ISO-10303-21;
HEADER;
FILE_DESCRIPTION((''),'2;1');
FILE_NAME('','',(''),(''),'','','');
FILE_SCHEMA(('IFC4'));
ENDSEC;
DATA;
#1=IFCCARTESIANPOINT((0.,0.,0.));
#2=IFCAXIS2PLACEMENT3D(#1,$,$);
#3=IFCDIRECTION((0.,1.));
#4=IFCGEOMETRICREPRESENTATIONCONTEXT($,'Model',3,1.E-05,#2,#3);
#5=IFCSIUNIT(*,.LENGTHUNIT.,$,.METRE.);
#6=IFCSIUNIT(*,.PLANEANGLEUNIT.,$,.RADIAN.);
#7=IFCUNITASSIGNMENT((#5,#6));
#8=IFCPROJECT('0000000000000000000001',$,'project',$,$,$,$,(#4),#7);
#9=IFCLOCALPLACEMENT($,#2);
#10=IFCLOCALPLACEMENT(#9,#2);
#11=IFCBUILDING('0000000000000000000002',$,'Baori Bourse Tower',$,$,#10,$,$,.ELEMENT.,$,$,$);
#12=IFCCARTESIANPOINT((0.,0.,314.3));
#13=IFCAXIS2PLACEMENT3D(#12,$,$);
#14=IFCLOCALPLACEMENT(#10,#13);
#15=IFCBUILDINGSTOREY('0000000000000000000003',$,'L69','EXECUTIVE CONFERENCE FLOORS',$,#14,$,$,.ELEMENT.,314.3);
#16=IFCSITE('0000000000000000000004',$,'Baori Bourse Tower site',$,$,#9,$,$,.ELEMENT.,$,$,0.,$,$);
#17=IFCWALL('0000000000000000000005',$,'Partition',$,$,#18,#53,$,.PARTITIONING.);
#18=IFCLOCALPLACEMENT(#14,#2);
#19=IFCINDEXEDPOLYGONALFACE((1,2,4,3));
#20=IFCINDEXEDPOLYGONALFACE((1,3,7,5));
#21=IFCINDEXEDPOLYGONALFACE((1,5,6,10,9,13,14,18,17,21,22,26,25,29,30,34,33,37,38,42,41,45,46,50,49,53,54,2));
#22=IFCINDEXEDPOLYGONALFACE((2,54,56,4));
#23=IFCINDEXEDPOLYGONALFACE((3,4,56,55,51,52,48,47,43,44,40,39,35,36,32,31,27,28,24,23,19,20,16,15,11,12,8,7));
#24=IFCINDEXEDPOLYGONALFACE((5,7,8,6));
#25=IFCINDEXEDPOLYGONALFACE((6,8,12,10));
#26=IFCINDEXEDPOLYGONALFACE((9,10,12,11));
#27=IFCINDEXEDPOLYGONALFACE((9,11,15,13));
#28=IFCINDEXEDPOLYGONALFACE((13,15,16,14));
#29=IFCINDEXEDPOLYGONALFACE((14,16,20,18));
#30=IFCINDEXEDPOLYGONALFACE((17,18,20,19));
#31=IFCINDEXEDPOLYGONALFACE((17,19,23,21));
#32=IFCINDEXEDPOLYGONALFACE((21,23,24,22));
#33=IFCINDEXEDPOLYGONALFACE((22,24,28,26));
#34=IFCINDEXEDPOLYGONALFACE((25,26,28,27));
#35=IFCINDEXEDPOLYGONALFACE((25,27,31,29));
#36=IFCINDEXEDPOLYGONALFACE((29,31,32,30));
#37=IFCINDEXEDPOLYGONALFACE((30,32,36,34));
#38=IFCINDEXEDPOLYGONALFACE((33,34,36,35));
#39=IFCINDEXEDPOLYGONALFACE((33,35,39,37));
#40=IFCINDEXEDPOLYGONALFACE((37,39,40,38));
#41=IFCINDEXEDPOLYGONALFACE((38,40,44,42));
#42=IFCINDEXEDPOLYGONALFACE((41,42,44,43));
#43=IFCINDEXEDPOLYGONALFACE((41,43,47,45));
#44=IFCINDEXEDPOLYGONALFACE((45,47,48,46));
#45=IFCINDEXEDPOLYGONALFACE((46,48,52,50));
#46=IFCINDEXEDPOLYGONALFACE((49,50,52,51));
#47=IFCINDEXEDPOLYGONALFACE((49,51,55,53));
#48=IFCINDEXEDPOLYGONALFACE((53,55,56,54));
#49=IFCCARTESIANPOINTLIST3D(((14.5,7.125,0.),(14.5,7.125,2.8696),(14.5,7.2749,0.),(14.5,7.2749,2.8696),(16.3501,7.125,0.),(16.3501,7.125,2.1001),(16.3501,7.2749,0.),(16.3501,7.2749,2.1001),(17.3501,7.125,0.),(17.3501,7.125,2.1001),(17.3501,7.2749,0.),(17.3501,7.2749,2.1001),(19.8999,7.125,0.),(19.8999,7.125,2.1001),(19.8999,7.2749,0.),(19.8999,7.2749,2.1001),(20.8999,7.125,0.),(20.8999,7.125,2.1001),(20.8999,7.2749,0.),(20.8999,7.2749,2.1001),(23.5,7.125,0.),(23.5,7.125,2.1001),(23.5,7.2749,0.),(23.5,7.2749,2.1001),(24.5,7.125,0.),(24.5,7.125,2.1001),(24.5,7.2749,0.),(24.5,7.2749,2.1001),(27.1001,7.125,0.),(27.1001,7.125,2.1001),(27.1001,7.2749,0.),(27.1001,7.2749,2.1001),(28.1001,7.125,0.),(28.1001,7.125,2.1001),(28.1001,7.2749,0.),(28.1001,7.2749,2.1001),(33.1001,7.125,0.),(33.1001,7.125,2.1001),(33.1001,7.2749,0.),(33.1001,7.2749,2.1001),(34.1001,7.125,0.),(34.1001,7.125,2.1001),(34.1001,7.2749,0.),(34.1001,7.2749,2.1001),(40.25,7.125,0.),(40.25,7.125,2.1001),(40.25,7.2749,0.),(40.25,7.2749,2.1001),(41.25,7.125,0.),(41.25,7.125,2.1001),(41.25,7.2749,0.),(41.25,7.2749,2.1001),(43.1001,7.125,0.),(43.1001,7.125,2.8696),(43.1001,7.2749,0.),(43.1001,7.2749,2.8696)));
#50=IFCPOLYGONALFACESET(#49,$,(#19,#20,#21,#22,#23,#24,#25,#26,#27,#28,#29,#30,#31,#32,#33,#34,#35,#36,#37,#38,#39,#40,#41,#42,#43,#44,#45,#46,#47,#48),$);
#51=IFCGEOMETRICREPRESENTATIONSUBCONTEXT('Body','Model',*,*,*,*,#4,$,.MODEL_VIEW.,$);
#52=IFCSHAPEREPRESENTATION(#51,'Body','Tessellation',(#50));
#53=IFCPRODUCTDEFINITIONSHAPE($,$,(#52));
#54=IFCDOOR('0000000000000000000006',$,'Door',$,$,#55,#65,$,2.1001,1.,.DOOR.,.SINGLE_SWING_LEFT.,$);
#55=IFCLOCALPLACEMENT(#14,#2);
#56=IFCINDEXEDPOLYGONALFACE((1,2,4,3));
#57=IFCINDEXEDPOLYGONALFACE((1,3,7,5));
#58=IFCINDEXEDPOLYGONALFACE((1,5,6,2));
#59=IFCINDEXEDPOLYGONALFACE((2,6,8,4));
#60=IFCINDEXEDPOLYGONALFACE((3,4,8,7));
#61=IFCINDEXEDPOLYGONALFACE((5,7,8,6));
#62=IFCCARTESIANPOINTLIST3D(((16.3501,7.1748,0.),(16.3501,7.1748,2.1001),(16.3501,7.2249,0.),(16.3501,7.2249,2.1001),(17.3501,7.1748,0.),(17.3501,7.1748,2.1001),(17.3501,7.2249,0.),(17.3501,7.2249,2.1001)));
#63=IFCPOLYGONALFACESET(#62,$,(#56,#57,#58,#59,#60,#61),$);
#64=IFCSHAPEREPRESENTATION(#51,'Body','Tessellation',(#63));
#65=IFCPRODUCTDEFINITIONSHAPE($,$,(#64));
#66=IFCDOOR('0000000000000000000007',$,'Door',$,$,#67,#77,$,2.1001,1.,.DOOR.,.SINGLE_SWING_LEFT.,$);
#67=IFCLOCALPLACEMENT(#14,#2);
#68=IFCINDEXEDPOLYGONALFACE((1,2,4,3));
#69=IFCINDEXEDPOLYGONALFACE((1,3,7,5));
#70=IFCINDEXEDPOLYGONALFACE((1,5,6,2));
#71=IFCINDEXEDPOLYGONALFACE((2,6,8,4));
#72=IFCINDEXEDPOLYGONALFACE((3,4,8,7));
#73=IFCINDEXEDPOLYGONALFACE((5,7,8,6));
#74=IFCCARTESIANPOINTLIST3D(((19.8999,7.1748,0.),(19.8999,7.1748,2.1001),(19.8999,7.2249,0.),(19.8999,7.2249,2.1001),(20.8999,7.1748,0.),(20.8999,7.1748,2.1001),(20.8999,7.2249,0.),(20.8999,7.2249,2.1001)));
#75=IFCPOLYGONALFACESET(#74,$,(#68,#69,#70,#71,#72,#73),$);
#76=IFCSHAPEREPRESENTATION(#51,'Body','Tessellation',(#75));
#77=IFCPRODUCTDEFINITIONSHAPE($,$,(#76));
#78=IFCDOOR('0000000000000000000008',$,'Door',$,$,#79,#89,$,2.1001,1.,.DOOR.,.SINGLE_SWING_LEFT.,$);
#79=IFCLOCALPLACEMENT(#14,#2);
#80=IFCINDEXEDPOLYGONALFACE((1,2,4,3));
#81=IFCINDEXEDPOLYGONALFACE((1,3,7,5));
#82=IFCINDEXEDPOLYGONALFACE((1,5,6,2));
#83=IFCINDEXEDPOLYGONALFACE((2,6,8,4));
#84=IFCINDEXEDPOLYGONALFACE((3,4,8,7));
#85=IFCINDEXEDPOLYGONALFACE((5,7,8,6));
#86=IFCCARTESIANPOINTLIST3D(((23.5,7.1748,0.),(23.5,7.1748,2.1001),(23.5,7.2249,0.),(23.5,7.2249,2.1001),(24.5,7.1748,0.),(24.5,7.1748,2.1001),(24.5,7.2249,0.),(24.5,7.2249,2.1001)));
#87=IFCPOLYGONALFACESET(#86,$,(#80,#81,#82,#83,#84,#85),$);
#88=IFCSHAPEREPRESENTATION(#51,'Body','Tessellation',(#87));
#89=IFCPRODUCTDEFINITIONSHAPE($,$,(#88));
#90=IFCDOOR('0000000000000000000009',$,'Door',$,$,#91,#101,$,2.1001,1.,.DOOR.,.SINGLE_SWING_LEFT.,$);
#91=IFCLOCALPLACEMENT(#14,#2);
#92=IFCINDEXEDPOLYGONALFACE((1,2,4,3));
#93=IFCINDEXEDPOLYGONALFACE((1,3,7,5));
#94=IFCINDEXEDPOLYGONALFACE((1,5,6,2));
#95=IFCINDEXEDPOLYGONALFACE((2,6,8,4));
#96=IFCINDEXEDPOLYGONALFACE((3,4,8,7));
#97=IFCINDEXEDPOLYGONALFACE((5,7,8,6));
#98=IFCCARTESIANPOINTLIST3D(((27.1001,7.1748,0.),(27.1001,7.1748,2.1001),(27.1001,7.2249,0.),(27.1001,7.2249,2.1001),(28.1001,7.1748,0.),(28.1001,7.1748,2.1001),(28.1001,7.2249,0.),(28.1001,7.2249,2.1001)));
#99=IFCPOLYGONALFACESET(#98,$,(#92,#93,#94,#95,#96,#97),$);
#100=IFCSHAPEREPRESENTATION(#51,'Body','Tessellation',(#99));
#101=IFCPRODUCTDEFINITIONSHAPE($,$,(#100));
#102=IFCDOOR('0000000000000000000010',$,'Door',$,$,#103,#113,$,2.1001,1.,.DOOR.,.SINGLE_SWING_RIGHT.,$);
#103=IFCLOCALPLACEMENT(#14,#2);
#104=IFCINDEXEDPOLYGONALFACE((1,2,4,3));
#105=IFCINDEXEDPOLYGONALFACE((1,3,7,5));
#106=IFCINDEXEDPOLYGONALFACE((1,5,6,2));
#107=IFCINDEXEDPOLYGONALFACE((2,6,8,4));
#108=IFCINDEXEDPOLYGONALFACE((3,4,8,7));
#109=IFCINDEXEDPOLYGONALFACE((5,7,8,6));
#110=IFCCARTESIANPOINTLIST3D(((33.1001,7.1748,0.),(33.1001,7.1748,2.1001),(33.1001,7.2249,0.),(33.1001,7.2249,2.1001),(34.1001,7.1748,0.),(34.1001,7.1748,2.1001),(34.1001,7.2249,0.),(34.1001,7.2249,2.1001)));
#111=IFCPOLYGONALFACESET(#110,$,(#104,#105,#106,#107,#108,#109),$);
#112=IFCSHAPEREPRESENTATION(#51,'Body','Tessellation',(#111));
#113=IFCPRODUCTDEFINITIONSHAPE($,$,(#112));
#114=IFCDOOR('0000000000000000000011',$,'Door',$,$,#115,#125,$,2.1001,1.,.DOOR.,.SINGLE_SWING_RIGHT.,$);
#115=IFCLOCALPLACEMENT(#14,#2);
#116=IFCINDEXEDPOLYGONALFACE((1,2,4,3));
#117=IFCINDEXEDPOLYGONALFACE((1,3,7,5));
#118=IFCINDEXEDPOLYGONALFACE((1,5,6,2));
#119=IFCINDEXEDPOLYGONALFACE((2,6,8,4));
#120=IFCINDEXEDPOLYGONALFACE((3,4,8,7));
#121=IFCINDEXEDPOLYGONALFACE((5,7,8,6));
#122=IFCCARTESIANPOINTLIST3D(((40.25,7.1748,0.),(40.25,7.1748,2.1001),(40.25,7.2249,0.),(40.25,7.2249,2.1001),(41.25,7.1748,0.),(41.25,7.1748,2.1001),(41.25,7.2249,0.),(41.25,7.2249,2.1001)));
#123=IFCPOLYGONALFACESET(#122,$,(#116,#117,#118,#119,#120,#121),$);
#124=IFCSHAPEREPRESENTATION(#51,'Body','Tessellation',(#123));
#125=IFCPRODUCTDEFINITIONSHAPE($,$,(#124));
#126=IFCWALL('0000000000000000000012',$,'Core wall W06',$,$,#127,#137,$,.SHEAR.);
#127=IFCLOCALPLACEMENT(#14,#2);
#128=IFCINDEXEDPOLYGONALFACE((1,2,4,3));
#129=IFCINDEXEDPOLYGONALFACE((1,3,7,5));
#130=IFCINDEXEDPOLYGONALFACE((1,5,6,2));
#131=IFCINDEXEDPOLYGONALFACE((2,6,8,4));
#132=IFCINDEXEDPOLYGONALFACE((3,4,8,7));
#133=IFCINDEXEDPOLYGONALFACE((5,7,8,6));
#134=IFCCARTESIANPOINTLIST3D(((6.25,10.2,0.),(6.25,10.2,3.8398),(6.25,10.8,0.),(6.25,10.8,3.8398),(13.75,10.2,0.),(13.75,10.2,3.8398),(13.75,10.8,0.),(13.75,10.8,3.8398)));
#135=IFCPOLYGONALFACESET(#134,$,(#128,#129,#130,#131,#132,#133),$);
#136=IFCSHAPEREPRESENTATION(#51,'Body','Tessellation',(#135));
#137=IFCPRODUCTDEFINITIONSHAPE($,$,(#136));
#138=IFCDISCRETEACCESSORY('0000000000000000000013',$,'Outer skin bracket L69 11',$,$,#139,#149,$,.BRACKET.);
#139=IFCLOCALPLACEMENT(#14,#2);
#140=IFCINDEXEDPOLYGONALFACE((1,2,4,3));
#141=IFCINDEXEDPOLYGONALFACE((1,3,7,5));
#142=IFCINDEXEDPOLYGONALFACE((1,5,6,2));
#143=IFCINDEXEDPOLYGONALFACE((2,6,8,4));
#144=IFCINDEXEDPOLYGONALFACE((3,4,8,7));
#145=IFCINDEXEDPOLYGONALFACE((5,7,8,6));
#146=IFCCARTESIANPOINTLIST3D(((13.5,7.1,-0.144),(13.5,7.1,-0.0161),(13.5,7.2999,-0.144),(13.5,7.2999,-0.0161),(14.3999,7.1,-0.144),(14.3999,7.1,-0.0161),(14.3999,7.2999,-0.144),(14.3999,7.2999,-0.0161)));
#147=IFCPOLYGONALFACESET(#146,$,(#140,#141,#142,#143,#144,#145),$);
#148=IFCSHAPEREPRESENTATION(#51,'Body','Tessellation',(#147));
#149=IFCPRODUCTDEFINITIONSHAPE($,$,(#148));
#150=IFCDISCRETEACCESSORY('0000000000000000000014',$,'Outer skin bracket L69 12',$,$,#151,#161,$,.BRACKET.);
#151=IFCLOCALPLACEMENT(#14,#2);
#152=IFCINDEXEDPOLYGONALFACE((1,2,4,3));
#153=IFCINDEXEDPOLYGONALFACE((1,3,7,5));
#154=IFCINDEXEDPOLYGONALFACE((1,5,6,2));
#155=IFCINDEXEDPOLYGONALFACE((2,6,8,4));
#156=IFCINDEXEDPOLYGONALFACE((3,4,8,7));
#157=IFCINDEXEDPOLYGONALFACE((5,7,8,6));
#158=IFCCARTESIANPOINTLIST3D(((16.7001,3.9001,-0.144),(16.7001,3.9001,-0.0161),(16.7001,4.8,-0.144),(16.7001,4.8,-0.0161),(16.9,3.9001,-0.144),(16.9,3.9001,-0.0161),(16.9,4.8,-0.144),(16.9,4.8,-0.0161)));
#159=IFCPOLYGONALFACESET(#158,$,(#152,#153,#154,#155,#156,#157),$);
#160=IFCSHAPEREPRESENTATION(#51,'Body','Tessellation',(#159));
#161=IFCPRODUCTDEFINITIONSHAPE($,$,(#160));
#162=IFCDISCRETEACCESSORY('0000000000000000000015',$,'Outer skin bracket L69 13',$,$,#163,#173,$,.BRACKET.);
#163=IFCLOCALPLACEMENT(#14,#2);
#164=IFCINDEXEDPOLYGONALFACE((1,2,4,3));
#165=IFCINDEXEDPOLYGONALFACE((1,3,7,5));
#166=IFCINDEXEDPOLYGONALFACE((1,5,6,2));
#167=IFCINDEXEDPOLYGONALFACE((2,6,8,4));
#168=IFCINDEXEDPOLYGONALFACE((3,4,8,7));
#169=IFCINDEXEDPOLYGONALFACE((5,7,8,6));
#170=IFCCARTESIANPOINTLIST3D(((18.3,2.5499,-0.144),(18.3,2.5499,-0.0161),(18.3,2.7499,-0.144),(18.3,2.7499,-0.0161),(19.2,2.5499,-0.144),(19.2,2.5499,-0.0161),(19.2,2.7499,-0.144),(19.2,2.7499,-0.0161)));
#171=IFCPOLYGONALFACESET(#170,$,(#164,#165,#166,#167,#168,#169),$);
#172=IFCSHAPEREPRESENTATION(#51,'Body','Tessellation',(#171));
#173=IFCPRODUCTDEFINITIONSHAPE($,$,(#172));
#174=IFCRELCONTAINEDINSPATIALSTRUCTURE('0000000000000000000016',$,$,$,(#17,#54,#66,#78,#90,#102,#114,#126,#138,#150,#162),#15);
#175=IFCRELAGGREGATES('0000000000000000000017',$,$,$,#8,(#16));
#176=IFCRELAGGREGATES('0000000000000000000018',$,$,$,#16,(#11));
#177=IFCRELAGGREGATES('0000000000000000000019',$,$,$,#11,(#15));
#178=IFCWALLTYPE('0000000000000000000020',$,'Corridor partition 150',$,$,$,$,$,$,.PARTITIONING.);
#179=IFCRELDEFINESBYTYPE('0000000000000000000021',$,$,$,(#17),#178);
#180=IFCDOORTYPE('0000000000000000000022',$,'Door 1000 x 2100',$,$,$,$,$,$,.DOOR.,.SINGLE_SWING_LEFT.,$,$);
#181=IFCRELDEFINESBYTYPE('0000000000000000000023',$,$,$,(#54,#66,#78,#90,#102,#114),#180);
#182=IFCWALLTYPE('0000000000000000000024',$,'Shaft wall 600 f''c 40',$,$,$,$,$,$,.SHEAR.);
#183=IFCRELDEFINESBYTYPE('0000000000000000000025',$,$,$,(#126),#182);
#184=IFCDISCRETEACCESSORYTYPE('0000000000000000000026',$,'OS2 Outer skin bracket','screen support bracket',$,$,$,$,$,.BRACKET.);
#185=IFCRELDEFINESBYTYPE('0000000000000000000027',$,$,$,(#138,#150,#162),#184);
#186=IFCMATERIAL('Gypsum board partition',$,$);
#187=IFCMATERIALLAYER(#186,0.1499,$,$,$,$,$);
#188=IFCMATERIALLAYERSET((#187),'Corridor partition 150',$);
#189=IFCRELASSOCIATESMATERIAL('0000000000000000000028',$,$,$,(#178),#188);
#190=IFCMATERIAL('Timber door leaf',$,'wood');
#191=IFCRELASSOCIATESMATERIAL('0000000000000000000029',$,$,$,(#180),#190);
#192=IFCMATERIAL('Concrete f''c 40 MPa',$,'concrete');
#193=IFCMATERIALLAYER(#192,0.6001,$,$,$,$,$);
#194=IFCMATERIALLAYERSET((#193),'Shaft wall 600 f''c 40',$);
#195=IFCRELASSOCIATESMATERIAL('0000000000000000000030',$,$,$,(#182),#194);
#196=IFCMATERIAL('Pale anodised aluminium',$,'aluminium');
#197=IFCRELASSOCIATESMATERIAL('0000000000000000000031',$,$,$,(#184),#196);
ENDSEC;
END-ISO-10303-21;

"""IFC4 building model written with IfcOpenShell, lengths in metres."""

from ifc_helpers import new_model, si_unit, direction, frame, frame_2d, origin, origin_2d, place, context, subcontext, project, spatial, rectangle, extrude, material, layer, layer_set, type_object, element, fill, save


model = new_model("IFC4")

# Units and contexts
model_context = context("Model", 3, precision=1e-05, world=origin(), true_north=direction((0.0, 1.0)))
body_context = subcontext(model_context, "Body", "Model", "MODEL_VIEW")
ifc_project = project(units=[si_unit("LENGTHUNIT", "METRE"), si_unit("PLANEANGLEUNIT", "RADIAN")], contexts=[model_context])

# Site, building, storey
site_placement = place(None, origin())
site = spatial("IfcSite", under=ifc_project, at=site_placement, Name="Baori Bourse Tower site", CompositionType="ELEMENT", RefElevation=0.0)
building_placement = place(site_placement, origin())
building = spatial("IfcBuilding", under=site, at=building_placement, Name="Baori Bourse Tower", CompositionType="ELEMENT")
storey_placement = place(building_placement, frame((0.0, 0.0, 314.3)))
storey = spatial("IfcBuildingStorey", under=building, at=storey_placement, Name="L69", Description="EXECUTIVE CONFERENCE FLOORS", CompositionType="ELEMENT", Elevation=314.3)

# Wall, openings, doors
ifc_material_1 = material(Name="Gypsum board partition")
ifc_layer_1 = layer(ifc_material_1, 0.1499)
ifc_layer_set_1 = layer_set([ifc_layer_1], Name="Corridor partition 150")
wall_type_1 = type_object("IfcWallType", Name="Corridor partition 150", PredefinedType="PARTITIONING", material=ifc_layer_set_1)
wall_1_placement = place(storey_placement, frame((14.5, 7.2, 0.0), z_axis=(0.0, 0.0, 1.0), x_axis=(1.0, 0.0, 0.0)))
wall_1 = element("IfcWall", 1, at=wall_1_placement, inside=storey, type_object=wall_type_1, Name="Partition", PredefinedType="PARTITIONING", context=body_context, shape_type="SweptSolid", body=[
    extrude(rectangle(XDim=28.6001, YDim=0.1499, at=frame_2d((14.3, 0.0))), origin(), (0.0, 0.0, 1.0), 2.8696),
])
opening_1_placement = place(wall_1_placement, frame((1.8501, 0.0, 0.0)))
opening_1 = element("IfcOpeningElement", 2, at=opening_1_placement, cuts=wall_1, PredefinedType="OPENING", context=body_context, shape_type="SweptSolid", body=[
    extrude(rectangle(XDim=1.0, YDim=2.1001, at=frame_2d((0.5, 1.05))), frame((0.0, 0.085, 0.0), z_axis=(0.0, -1.0, 0.0), x_axis=(1.0, 0.0, 0.0)), (0.0, 0.0, 1.0), 0.1699),
])
opening_2_placement = place(wall_1_placement, frame((5.3999, 0.0, 0.0)))
opening_2 = element("IfcOpeningElement", 3, at=opening_2_placement, cuts=wall_1, PredefinedType="OPENING", context=body_context, shape_type="SweptSolid", body=[
    extrude(rectangle(XDim=1.0, YDim=2.1001, at=frame_2d((0.5, 1.05))), frame((0.0, 0.085, 0.0), z_axis=(0.0, -1.0, 0.0), x_axis=(1.0, 0.0, 0.0)), (0.0, 0.0, 1.0), 0.1699),
])
opening_3_placement = place(wall_1_placement, frame((9.0, 0.0, 0.0)))
opening_3 = element("IfcOpeningElement", 4, at=opening_3_placement, cuts=wall_1, PredefinedType="OPENING", context=body_context, shape_type="SweptSolid", body=[
    extrude(rectangle(XDim=1.0, YDim=2.1001, at=frame_2d((0.5, 1.05))), frame((0.0, 0.085, 0.0), z_axis=(0.0, -1.0, 0.0), x_axis=(1.0, 0.0, 0.0)), (0.0, 0.0, 1.0), 0.1699),
])
opening_4_placement = place(wall_1_placement, frame((12.6001, 0.0, 0.0)))
opening_4 = element("IfcOpeningElement", 5, at=opening_4_placement, cuts=wall_1, PredefinedType="OPENING", context=body_context, shape_type="SweptSolid", body=[
    extrude(rectangle(XDim=1.0, YDim=2.1001, at=frame_2d((0.5, 1.05))), frame((0.0, 0.085, 0.0), z_axis=(0.0, -1.0, 0.0), x_axis=(1.0, 0.0, 0.0)), (0.0, 0.0, 1.0), 0.1699),
])
opening_5_placement = place(wall_1_placement, frame((18.6001, 0.0, 0.0)))
opening_5 = element("IfcOpeningElement", 6, at=opening_5_placement, cuts=wall_1, PredefinedType="OPENING", context=body_context, shape_type="SweptSolid", body=[
    extrude(rectangle(XDim=1.0, YDim=2.1001, at=frame_2d((0.5, 1.05))), frame((0.0, 0.085, 0.0), z_axis=(0.0, -1.0, 0.0), x_axis=(1.0, 0.0, 0.0)), (0.0, 0.0, 1.0), 0.1699),
])
opening_6_placement = place(wall_1_placement, frame((25.75, 0.0, 0.0)))
opening_6 = element("IfcOpeningElement", 7, at=opening_6_placement, cuts=wall_1, PredefinedType="OPENING", context=body_context, shape_type="SweptSolid", body=[
    extrude(rectangle(XDim=1.0, YDim=2.1001, at=frame_2d((0.5, 1.05))), frame((0.0, 0.085, 0.0), z_axis=(0.0, -1.0, 0.0), x_axis=(1.0, 0.0, 0.0)), (0.0, 0.0, 1.0), 0.1699),
])
ifc_material_2 = material(Name="Timber door leaf", Category="wood")
door_type_1 = type_object("IfcDoorType", Name="Door 1000 x 2100", OperationType="SINGLE_SWING_LEFT", PredefinedType="DOOR", material=ifc_material_2)
door_1_placement = place(opening_1_placement, origin())
door_1 = element("IfcDoor", 8, at=door_1_placement, inside=storey, type_object=door_type_1, Name="Door", OperationType="SINGLE_SWING_LEFT", OverallHeight=2.1001, OverallWidth=1.0, PredefinedType="DOOR", context=body_context, shape_type="SweptSolid", body=[
    extrude(rectangle(XDim=1.0, YDim=2.1001, at=frame_2d((0.5, 1.05))), frame((0.0, 0.0249, 0.0), z_axis=(0.0, -1.0, 0.0), x_axis=(1.0, 0.0, 0.0)), (0.0, 0.0, 1.0), 0.05),
])
fill(opening_1, door_1)
door_2_placement = place(opening_2_placement, origin())
door_2 = element("IfcDoor", 9, at=door_2_placement, inside=storey, type_object=door_type_1, Name="Door", OperationType="SINGLE_SWING_LEFT", OverallHeight=2.1001, OverallWidth=1.0, PredefinedType="DOOR", context=body_context, shape_type="SweptSolid", body=[
    extrude(rectangle(XDim=1.0, YDim=2.1001, at=frame_2d((0.5, 1.05))), frame((0.0, 0.0249, 0.0), z_axis=(0.0, -1.0, 0.0), x_axis=(1.0, 0.0, 0.0)), (0.0, 0.0, 1.0), 0.05),
])
fill(opening_2, door_2)
door_3_placement = place(opening_3_placement, origin())
door_3 = element("IfcDoor", 10, at=door_3_placement, inside=storey, type_object=door_type_1, Name="Door", OperationType="SINGLE_SWING_LEFT", OverallHeight=2.1001, OverallWidth=1.0, PredefinedType="DOOR", context=body_context, shape_type="SweptSolid", body=[
    extrude(rectangle(XDim=1.0, YDim=2.1001, at=frame_2d((0.5, 1.05))), frame((0.0, 0.0249, 0.0), z_axis=(0.0, -1.0, 0.0), x_axis=(1.0, 0.0, 0.0)), (0.0, 0.0, 1.0), 0.05),
])
fill(opening_3, door_3)
door_4_placement = place(opening_4_placement, origin())
door_4 = element("IfcDoor", 11, at=door_4_placement, inside=storey, type_object=door_type_1, Name="Door", OperationType="SINGLE_SWING_LEFT", OverallHeight=2.1001, OverallWidth=1.0, PredefinedType="DOOR", context=body_context, shape_type="SweptSolid", body=[
    extrude(rectangle(XDim=1.0, YDim=2.1001, at=frame_2d((0.5, 1.05))), frame((0.0, 0.0249, 0.0), z_axis=(0.0, -1.0, 0.0), x_axis=(1.0, 0.0, 0.0)), (0.0, 0.0, 1.0), 0.05),
])
fill(opening_4, door_4)
door_5_placement = place(opening_5_placement, origin())
door_5 = element("IfcDoor", 12, at=door_5_placement, inside=storey, type_object=door_type_1, Name="Door", OperationType="SINGLE_SWING_RIGHT", OverallHeight=2.1001, OverallWidth=1.0, PredefinedType="DOOR", context=body_context, shape_type="SweptSolid", body=[
    extrude(rectangle(XDim=1.0, YDim=2.1001, at=frame_2d((0.5, 1.05))), frame((0.0, 0.0249, 0.0), z_axis=(0.0, -1.0, 0.0), x_axis=(1.0, 0.0, 0.0)), (0.0, 0.0, 1.0), 0.05),
])
fill(opening_5, door_5)
door_6_placement = place(opening_6_placement, origin())
door_6 = element("IfcDoor", 13, at=door_6_placement, inside=storey, type_object=door_type_1, Name="Door", OperationType="SINGLE_SWING_RIGHT", OverallHeight=2.1001, OverallWidth=1.0, PredefinedType="DOOR", context=body_context, shape_type="SweptSolid", body=[
    extrude(rectangle(XDim=1.0, YDim=2.1001, at=frame_2d((0.5, 1.05))), frame((0.0, 0.0249, 0.0), z_axis=(0.0, -1.0, 0.0), x_axis=(1.0, 0.0, 0.0)), (0.0, 0.0, 1.0), 0.05),
])
fill(opening_6, door_6)

# Wall
ifc_material_3 = material(Name="Concrete f'c 40 MPa", Category="concrete")
ifc_layer_2 = layer(ifc_material_3, 0.6001)
ifc_layer_set_2 = layer_set([ifc_layer_2], Name="Shaft wall 600 f'c 40")
wall_type_2 = type_object("IfcWallType", Name="Shaft wall 600 f'c 40", PredefinedType="SHEAR", material=ifc_layer_set_2)
wall_2_placement = place(storey_placement, frame((6.25, 10.5, 0.0), z_axis=(0.0, 0.0, 1.0), x_axis=(1.0, 0.0, 0.0)))
element("IfcWall", 14, at=wall_2_placement, inside=storey, type_object=wall_type_2, Name="Core wall W06", PredefinedType="SHEAR", context=body_context, shape_type="SweptSolid", body=[
    extrude(rectangle(XDim=7.5, YDim=0.6001, at=frame_2d((3.75, 0.0))), origin(), (0.0, 0.0, 1.0), 3.8398),
])

# Discrete accessories
ifc_material_4 = material(Name="Pale anodised aluminium", Category="aluminium")
discrete_accessory_type = type_object("IfcDiscreteAccessoryType", Name="OS2 Outer skin bracket", Description="screen support bracket", PredefinedType="BRACKET", material=ifc_material_4)
for number, where, z_axis, x_axis, name in (
    (15, (13.95, 7.2, -0.144), (0.0, 0.0, 1.0), (0.0, -1.0, 0.0), "Outer skin bracket L69 11"),
    (16, (16.8, 4.3501, -0.144), (0.0, 0.0, 1.0), (1.0, 0.0, 0.0), "Outer skin bracket L69 12"),
    (17, (18.75, 2.6499, -0.144), (0.0, 0.0, 1.0), (0.0, -1.0, 0.0), "Outer skin bracket L69 13"),
):
    element("IfcDiscreteAccessory", number, at=place(storey_placement, frame(where, z_axis=z_axis, x_axis=x_axis)), inside=storey, type_object=discrete_accessory_type, Name=name, PredefinedType="BRACKET", context=body_context, shape_type="SweptSolid", body=[
        extrude(rectangle(XDim=0.2, YDim=0.8999, at=origin_2d()), origin(), (0.0, 0.0, 1.0), 0.1279),
    ])

save(model, "model.ifc")
